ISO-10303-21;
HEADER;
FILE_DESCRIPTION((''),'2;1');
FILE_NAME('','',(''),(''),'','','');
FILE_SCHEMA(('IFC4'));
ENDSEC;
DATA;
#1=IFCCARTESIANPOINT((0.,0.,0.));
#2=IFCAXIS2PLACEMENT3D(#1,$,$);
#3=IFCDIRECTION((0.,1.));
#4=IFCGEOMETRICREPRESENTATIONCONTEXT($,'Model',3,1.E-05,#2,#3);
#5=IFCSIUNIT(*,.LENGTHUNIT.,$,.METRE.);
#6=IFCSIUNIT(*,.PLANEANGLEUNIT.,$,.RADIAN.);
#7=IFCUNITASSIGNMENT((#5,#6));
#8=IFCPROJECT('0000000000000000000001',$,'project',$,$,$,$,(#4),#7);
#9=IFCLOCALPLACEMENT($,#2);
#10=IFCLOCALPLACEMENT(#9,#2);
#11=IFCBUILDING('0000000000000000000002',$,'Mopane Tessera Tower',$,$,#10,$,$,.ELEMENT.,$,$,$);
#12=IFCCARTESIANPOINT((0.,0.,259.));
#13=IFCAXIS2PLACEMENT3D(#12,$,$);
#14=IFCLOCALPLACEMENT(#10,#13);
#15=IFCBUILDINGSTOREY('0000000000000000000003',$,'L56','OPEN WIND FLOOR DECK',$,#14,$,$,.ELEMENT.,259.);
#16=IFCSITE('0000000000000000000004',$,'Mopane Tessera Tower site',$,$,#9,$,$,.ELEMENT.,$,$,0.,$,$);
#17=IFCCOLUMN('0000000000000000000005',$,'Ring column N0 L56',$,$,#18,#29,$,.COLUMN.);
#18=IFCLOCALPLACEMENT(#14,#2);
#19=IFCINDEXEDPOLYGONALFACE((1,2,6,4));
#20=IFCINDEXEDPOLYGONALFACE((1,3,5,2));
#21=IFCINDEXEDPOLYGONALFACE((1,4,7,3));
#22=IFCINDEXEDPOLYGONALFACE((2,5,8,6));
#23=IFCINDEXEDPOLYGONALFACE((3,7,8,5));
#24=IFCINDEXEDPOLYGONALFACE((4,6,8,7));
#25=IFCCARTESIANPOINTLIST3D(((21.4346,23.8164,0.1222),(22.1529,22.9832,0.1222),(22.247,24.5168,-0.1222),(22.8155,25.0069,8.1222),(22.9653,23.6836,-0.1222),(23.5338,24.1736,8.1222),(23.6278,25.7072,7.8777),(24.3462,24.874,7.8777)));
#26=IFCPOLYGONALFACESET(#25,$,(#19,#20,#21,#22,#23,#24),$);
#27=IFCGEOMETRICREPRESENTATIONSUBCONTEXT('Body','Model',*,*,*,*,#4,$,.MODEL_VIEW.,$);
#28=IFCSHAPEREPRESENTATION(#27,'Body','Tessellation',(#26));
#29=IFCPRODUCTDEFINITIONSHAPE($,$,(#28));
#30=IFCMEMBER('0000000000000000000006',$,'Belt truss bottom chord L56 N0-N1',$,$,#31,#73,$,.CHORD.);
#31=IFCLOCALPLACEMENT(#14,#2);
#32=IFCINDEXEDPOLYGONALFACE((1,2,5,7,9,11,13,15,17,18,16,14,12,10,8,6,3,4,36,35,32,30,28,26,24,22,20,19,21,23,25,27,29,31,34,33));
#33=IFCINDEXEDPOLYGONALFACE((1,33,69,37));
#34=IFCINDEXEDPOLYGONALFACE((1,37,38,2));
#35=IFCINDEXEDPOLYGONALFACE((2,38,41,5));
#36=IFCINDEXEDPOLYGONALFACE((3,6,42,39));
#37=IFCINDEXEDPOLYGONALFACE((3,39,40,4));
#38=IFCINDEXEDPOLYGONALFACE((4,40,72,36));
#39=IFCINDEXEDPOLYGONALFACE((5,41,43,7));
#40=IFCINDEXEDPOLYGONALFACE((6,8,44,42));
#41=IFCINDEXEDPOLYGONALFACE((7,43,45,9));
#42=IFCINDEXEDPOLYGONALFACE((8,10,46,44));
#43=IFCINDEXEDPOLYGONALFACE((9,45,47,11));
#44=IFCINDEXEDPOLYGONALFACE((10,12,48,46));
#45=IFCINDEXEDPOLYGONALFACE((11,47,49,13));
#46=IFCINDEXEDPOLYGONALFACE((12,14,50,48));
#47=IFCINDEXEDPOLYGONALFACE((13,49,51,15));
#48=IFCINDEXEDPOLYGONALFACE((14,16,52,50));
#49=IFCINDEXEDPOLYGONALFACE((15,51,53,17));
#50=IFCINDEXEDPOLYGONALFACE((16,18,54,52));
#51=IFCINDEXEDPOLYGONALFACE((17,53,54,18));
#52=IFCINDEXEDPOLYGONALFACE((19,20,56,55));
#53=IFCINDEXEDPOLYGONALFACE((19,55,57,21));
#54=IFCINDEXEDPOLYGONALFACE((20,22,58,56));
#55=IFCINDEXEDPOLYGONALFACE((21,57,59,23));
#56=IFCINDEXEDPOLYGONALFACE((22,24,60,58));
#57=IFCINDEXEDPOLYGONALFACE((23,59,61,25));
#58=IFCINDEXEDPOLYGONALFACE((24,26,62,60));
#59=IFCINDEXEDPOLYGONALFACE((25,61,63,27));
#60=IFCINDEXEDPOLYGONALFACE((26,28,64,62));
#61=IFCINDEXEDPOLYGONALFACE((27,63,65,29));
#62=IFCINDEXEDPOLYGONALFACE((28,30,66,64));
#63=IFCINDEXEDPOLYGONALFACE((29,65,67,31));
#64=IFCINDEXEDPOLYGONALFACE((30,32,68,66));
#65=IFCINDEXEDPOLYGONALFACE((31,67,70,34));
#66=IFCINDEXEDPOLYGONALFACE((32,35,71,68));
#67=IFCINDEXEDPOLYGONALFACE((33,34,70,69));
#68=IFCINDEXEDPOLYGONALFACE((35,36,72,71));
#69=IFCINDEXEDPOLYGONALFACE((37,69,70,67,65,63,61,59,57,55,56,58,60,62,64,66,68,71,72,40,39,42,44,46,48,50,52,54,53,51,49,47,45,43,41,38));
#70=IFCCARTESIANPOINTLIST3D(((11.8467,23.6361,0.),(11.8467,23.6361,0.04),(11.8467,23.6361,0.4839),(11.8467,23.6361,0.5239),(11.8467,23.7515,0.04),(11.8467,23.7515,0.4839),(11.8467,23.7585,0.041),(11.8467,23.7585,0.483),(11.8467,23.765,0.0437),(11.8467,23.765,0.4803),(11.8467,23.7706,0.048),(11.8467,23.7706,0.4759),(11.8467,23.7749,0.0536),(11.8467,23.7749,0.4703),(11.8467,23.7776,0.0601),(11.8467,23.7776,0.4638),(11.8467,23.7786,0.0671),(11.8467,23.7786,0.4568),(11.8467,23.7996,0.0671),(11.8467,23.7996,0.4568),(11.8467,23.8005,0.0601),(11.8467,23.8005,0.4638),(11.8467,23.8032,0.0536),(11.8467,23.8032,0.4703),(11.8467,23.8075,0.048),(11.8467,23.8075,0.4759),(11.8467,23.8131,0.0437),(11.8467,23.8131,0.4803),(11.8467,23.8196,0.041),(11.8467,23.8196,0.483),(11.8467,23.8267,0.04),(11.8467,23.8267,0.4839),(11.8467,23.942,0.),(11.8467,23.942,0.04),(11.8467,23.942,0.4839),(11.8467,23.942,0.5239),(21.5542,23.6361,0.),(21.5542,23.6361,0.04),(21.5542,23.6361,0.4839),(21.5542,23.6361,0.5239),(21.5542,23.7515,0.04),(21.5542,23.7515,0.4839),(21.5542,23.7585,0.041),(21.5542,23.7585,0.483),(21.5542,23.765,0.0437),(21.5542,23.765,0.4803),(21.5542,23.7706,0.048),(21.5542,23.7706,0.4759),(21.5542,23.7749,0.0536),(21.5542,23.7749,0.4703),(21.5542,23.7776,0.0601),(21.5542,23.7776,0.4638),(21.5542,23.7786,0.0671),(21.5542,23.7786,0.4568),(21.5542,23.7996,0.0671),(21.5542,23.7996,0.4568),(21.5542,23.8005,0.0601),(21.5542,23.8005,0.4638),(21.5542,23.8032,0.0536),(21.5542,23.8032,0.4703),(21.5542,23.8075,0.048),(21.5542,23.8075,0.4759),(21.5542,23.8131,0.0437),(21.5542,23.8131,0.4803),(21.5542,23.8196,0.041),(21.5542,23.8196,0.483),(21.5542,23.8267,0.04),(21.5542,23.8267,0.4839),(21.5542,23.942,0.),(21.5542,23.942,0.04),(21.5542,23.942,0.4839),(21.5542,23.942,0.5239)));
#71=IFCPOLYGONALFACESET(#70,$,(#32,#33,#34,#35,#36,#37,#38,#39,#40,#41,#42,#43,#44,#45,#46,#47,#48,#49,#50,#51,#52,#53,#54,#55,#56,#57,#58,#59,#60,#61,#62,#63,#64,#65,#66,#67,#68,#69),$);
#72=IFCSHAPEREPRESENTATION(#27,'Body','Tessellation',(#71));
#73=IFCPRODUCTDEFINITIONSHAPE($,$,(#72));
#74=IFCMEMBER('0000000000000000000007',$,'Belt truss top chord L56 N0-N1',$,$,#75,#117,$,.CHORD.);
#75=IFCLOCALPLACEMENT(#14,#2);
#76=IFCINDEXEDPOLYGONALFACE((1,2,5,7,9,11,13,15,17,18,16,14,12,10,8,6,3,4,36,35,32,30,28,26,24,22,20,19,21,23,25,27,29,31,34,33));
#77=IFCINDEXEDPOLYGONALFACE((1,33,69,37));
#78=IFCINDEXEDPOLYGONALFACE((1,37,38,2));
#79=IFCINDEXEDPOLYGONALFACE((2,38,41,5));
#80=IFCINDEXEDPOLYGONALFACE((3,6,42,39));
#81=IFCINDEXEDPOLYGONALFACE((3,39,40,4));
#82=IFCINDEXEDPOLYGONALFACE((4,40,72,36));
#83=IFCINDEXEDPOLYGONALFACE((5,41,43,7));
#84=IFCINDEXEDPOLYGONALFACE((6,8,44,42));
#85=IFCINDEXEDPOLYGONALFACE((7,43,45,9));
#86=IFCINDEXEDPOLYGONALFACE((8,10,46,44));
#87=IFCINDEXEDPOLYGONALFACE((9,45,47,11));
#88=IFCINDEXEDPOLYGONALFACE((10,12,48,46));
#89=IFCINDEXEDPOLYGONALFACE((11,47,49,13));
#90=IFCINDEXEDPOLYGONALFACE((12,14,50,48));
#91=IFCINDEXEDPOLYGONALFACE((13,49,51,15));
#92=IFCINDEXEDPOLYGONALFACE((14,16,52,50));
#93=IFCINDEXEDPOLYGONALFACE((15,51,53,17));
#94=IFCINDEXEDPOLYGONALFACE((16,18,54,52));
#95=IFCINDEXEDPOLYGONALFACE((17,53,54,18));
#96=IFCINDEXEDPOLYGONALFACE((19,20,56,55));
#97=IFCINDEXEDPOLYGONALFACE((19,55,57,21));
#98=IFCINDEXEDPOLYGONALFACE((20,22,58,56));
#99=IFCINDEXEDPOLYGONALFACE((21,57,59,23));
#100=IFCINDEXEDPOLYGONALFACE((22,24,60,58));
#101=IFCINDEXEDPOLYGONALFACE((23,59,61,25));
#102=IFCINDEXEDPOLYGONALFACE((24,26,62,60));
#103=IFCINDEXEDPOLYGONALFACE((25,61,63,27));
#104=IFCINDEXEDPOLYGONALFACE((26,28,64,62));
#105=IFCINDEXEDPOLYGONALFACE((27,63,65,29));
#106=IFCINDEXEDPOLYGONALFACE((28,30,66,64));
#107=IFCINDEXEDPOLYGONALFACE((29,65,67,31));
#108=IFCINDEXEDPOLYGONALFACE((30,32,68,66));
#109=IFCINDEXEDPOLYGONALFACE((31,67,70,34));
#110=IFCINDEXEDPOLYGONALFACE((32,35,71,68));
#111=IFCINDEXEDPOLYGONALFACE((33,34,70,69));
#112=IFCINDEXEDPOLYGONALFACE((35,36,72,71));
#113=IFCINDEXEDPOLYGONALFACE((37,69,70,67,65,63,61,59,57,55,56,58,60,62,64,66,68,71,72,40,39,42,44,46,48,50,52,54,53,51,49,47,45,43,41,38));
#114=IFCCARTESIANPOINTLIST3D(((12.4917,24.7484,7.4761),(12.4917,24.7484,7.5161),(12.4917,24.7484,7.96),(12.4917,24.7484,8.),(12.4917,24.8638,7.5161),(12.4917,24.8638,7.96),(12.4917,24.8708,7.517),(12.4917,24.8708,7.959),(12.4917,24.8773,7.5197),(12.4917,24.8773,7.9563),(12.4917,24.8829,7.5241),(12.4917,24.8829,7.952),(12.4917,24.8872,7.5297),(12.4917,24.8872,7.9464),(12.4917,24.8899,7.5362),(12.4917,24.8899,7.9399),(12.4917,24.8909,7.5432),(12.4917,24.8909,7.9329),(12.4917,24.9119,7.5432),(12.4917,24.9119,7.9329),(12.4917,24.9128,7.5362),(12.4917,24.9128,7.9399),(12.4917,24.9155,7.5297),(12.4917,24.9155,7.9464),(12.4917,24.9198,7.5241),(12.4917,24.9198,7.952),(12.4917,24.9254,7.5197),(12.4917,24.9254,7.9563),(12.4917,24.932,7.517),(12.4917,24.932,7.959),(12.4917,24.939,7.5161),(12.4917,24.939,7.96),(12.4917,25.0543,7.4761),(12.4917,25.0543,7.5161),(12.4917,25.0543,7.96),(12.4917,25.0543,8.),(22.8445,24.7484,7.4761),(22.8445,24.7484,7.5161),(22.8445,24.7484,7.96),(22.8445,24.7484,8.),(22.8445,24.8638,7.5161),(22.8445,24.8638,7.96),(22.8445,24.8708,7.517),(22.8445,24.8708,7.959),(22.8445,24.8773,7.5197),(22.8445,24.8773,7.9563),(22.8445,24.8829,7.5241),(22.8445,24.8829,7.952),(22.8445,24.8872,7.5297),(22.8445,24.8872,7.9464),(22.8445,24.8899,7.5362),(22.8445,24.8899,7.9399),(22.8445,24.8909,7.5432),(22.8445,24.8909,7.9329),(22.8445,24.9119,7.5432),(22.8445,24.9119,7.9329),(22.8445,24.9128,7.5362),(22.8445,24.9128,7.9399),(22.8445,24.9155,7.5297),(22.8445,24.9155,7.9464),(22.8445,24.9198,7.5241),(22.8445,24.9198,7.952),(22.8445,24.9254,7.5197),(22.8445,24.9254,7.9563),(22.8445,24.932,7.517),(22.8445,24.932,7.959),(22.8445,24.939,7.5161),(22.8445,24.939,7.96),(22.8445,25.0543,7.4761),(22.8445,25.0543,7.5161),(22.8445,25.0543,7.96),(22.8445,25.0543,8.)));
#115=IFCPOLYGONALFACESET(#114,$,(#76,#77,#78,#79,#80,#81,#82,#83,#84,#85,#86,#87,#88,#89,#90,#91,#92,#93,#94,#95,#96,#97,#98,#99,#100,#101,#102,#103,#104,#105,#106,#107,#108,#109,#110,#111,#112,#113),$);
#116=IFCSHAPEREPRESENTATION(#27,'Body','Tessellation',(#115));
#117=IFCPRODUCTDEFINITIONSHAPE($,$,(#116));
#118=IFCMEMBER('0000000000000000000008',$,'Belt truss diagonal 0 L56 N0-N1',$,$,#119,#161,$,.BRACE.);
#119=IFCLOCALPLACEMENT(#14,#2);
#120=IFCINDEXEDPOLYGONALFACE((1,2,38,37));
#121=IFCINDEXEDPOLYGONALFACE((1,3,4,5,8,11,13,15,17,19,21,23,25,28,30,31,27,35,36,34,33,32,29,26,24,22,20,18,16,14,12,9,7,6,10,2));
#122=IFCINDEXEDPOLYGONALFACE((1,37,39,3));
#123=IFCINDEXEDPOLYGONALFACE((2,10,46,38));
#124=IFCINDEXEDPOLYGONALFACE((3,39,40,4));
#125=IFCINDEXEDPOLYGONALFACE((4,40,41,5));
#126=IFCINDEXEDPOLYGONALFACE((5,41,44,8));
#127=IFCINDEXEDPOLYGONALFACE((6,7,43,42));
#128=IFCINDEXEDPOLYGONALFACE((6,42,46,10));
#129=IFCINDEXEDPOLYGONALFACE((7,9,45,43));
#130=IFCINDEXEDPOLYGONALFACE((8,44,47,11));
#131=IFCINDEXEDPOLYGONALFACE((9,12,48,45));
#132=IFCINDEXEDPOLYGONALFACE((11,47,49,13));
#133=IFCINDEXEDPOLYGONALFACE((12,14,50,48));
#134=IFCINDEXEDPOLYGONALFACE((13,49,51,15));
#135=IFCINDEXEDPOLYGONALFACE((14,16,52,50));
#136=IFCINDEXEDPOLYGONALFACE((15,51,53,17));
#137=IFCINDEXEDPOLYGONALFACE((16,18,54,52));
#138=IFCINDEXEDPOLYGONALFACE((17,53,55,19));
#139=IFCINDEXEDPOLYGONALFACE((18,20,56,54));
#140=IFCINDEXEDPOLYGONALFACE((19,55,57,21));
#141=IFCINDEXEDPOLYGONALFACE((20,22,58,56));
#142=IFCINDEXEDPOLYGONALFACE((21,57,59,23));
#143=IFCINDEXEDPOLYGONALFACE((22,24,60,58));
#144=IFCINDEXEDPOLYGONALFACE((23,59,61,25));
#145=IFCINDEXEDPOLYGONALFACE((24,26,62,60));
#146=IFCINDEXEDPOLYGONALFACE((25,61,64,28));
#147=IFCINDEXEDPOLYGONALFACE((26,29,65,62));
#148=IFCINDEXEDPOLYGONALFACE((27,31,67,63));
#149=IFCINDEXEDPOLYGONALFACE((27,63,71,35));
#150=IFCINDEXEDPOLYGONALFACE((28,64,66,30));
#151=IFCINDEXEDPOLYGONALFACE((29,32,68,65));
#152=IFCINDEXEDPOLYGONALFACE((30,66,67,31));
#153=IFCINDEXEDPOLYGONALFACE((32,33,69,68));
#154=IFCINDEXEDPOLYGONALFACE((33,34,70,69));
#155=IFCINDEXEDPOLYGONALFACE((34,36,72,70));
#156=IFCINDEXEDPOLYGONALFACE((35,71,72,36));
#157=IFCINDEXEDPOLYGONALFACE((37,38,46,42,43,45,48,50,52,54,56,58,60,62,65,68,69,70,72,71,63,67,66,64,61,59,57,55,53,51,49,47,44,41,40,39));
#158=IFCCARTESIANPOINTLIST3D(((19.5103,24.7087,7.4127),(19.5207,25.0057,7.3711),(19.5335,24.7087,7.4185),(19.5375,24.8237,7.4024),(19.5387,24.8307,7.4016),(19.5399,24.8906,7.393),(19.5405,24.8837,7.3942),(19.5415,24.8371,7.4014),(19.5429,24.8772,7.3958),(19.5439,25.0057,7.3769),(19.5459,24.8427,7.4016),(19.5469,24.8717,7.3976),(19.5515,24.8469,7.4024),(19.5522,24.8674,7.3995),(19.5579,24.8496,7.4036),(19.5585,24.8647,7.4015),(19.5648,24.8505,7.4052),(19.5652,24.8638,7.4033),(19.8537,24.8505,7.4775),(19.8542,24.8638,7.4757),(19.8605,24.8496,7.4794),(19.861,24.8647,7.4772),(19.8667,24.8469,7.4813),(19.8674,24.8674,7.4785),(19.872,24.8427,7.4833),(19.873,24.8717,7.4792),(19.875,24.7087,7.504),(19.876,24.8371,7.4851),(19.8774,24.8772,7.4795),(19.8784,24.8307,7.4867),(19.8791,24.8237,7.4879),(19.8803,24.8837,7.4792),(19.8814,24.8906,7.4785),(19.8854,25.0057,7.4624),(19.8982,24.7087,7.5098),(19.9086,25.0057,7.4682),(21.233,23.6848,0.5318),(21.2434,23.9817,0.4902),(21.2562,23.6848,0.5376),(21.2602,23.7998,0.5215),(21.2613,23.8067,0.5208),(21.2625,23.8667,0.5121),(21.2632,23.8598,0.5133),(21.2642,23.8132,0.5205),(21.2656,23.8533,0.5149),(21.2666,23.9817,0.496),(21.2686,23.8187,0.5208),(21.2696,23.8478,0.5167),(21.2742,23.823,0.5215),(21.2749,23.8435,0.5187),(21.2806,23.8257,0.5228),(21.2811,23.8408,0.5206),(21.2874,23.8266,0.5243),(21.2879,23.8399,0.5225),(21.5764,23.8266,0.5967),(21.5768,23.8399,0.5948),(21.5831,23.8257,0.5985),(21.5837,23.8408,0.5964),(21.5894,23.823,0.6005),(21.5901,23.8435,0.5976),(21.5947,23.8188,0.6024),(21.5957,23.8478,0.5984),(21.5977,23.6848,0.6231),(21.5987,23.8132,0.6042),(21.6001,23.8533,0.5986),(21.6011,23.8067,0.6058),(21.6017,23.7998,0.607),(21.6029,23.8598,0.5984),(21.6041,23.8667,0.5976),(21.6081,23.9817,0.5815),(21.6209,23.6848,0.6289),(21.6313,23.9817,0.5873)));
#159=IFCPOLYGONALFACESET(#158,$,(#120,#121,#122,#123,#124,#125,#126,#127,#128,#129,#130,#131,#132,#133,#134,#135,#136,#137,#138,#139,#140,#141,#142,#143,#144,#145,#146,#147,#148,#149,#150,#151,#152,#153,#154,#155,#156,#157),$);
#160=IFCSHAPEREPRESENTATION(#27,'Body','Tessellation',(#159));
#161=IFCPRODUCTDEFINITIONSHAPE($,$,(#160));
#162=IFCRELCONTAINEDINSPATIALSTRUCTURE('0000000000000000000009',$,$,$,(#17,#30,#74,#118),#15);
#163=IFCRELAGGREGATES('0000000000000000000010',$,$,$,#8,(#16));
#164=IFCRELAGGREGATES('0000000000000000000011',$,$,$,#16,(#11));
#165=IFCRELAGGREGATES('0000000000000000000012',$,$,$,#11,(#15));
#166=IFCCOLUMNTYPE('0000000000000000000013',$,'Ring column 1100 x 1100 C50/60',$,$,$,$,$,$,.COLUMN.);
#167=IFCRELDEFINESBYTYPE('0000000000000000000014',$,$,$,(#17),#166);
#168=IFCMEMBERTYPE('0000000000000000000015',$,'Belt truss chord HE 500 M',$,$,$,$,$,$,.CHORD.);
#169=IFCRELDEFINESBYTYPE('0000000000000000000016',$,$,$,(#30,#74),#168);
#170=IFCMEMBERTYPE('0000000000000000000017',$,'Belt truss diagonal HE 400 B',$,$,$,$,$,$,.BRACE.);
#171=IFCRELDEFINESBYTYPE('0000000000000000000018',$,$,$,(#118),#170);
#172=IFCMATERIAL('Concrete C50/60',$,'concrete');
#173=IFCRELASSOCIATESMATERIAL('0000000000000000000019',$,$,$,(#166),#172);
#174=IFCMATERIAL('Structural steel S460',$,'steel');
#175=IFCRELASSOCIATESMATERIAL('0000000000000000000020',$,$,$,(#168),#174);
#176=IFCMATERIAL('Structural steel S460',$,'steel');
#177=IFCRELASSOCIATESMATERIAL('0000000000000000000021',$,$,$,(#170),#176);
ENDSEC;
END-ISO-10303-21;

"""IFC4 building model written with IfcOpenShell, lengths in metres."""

from ifc_helpers import new_model, si_unit, direction, frame, origin, origin_2d, place, context, subcontext, project, spatial, rectangle, i_section, extrude, material, material_profile, profile_set, type_object, element, save


model = new_model("IFC4")

# Units and contexts
model_context = context("Model", 3, precision=1e-05, world=origin(), true_north=direction((0.0, 1.0)))
body_context = subcontext(model_context, "Body", "Model", "MODEL_VIEW")
ifc_project = project(units=[si_unit("LENGTHUNIT", "METRE"), si_unit("PLANEANGLEUNIT", "RADIAN")], contexts=[model_context])

# Site, building, storey
site_placement = place(None, origin())
site = spatial("IfcSite", under=ifc_project, at=site_placement, Name="Mopane Tessera Tower site", CompositionType="ELEMENT", RefElevation=0.0)
building_placement = place(site_placement, origin())
building = spatial("IfcBuilding", under=site, at=building_placement, Name="Mopane Tessera Tower", CompositionType="ELEMENT")
storey_placement = place(building_placement, frame((0.0, 0.0, 259.0)))
storey = spatial("IfcBuildingStorey", under=building, at=storey_placement, Name="L56", Description="OPEN WIND FLOOR DECK", CompositionType="ELEMENT", Elevation=259.0)

# Column
ifc_material_1 = material(Name="Concrete C50/60", Category="concrete")
ifc_material_profile_1 = material_profile(ifc_material_1, rectangle(XDim=1.1001, YDim=1.1001, at=origin_2d()))
ifc_profile_set_1 = profile_set([ifc_material_profile_1], Name="Concrete C50/60")
column_type = type_object("IfcColumnType", Name="Ring column 1100 x 1100 C50/60", PredefinedType="COLUMN", material=ifc_profile_set_1)
column_placement = place(storey_placement, frame((22.2, 23.75, 0.0), z_axis=(0.168293, 0.145084, 0.975002), x_axis=(-0.65295, 0.757401, 0.0)))
element("IfcColumn", 1, at=column_placement, inside=storey, type_object=column_type, Name="Ring column N0 L56", PredefinedType="COLUMN", context=body_context, shape_type="SweptSolid", body=[
    extrude(rectangle(XDim=1.1001, YDim=1.1001, at=origin_2d()), origin(), (0.0, 0.0, 1.0), 8.2051),
])

# Members
ifc_material_2 = material(Name="Structural steel S460", Category="steel")
ifc_material_profile_2 = material_profile(ifc_material_2, i_section(OverallWidth=0.3059, OverallDepth=0.5239, WebThickness=0.021, FlangeThickness=0.04, FilletRadius=0.0271, at=origin_2d()))
ifc_profile_set_2 = profile_set([ifc_material_profile_2], Name="Structural steel S460")
member_type_1 = type_object("IfcMemberType", Name="Belt truss chord HE 500 M", PredefinedType="CHORD", material=ifc_profile_set_2)
member_1_placement = place(storey_placement, frame((21.5542, 23.7891, 0.262), z_axis=(-1.0, 0.0, 0.0), x_axis=(0.0, -1.0, 0.0)))
element("IfcMember", 2, at=member_1_placement, inside=storey, type_object=member_type_1, Name="Belt truss bottom chord L56 N0-N1", PredefinedType="CHORD", context=body_context, shape_type="SweptSolid", body=[
    extrude(i_section(OverallWidth=0.3059, OverallDepth=0.5239, WebThickness=0.021, FlangeThickness=0.04, FilletRadius=0.0271, at=origin_2d()), origin(), (0.0, 0.0, 1.0), 9.7075),
])
member_2_placement = place(storey_placement, frame((22.8445, 24.9014, 7.738), z_axis=(-1.0, 0.0, 0.0), x_axis=(0.0, -1.0, 0.0)))
element("IfcMember", 3, at=member_2_placement, inside=storey, type_object=member_type_1, Name="Belt truss top chord L56 N0-N1", PredefinedType="CHORD", context=body_context, shape_type="SweptSolid", body=[
    extrude(i_section(OverallWidth=0.3059, OverallDepth=0.5239, WebThickness=0.021, FlangeThickness=0.04, FilletRadius=0.0271, at=origin_2d()), origin(), (0.0, 0.0, 1.0), 10.3528),
])
ifc_material_3 = material(Name="Structural steel S460", Category="steel")
ifc_material_profile_3 = material_profile(ifc_material_3, i_section(OverallWidth=0.3, OverallDepth=0.3999, WebThickness=0.0134, FlangeThickness=0.0239, FilletRadius=0.0271, at=origin_2d()))
ifc_profile_set_3 = profile_set([ifc_material_profile_3], Name="Structural steel S460")
member_type_2 = type_object("IfcMemberType", Name="Belt truss diagonal HE 400 B", PredefinedType="BRACE", material=ifc_profile_set_3)
member_3_placement = place(storey_placement, frame((21.4321, 23.8333, 0.5596), z_axis=(-0.240368, 0.142872, 0.96011), x_axis=(-0.034683, -0.989741, 0.138598)))
element("IfcMember", 4, at=member_3_placement, inside=storey, type_object=member_type_2, Name="Belt truss diagonal 0 L56 N0-N1", PredefinedType="BRACE", context=body_context, shape_type="SweptSolid", body=[
    extrude(i_section(OverallWidth=0.3, OverallDepth=0.3999, WebThickness=0.0134, FlangeThickness=0.0239, FilletRadius=0.0271, at=origin_2d()), origin(), (0.0, 0.0, 1.0), 7.1667),
])

save(model, "model.ifc")
